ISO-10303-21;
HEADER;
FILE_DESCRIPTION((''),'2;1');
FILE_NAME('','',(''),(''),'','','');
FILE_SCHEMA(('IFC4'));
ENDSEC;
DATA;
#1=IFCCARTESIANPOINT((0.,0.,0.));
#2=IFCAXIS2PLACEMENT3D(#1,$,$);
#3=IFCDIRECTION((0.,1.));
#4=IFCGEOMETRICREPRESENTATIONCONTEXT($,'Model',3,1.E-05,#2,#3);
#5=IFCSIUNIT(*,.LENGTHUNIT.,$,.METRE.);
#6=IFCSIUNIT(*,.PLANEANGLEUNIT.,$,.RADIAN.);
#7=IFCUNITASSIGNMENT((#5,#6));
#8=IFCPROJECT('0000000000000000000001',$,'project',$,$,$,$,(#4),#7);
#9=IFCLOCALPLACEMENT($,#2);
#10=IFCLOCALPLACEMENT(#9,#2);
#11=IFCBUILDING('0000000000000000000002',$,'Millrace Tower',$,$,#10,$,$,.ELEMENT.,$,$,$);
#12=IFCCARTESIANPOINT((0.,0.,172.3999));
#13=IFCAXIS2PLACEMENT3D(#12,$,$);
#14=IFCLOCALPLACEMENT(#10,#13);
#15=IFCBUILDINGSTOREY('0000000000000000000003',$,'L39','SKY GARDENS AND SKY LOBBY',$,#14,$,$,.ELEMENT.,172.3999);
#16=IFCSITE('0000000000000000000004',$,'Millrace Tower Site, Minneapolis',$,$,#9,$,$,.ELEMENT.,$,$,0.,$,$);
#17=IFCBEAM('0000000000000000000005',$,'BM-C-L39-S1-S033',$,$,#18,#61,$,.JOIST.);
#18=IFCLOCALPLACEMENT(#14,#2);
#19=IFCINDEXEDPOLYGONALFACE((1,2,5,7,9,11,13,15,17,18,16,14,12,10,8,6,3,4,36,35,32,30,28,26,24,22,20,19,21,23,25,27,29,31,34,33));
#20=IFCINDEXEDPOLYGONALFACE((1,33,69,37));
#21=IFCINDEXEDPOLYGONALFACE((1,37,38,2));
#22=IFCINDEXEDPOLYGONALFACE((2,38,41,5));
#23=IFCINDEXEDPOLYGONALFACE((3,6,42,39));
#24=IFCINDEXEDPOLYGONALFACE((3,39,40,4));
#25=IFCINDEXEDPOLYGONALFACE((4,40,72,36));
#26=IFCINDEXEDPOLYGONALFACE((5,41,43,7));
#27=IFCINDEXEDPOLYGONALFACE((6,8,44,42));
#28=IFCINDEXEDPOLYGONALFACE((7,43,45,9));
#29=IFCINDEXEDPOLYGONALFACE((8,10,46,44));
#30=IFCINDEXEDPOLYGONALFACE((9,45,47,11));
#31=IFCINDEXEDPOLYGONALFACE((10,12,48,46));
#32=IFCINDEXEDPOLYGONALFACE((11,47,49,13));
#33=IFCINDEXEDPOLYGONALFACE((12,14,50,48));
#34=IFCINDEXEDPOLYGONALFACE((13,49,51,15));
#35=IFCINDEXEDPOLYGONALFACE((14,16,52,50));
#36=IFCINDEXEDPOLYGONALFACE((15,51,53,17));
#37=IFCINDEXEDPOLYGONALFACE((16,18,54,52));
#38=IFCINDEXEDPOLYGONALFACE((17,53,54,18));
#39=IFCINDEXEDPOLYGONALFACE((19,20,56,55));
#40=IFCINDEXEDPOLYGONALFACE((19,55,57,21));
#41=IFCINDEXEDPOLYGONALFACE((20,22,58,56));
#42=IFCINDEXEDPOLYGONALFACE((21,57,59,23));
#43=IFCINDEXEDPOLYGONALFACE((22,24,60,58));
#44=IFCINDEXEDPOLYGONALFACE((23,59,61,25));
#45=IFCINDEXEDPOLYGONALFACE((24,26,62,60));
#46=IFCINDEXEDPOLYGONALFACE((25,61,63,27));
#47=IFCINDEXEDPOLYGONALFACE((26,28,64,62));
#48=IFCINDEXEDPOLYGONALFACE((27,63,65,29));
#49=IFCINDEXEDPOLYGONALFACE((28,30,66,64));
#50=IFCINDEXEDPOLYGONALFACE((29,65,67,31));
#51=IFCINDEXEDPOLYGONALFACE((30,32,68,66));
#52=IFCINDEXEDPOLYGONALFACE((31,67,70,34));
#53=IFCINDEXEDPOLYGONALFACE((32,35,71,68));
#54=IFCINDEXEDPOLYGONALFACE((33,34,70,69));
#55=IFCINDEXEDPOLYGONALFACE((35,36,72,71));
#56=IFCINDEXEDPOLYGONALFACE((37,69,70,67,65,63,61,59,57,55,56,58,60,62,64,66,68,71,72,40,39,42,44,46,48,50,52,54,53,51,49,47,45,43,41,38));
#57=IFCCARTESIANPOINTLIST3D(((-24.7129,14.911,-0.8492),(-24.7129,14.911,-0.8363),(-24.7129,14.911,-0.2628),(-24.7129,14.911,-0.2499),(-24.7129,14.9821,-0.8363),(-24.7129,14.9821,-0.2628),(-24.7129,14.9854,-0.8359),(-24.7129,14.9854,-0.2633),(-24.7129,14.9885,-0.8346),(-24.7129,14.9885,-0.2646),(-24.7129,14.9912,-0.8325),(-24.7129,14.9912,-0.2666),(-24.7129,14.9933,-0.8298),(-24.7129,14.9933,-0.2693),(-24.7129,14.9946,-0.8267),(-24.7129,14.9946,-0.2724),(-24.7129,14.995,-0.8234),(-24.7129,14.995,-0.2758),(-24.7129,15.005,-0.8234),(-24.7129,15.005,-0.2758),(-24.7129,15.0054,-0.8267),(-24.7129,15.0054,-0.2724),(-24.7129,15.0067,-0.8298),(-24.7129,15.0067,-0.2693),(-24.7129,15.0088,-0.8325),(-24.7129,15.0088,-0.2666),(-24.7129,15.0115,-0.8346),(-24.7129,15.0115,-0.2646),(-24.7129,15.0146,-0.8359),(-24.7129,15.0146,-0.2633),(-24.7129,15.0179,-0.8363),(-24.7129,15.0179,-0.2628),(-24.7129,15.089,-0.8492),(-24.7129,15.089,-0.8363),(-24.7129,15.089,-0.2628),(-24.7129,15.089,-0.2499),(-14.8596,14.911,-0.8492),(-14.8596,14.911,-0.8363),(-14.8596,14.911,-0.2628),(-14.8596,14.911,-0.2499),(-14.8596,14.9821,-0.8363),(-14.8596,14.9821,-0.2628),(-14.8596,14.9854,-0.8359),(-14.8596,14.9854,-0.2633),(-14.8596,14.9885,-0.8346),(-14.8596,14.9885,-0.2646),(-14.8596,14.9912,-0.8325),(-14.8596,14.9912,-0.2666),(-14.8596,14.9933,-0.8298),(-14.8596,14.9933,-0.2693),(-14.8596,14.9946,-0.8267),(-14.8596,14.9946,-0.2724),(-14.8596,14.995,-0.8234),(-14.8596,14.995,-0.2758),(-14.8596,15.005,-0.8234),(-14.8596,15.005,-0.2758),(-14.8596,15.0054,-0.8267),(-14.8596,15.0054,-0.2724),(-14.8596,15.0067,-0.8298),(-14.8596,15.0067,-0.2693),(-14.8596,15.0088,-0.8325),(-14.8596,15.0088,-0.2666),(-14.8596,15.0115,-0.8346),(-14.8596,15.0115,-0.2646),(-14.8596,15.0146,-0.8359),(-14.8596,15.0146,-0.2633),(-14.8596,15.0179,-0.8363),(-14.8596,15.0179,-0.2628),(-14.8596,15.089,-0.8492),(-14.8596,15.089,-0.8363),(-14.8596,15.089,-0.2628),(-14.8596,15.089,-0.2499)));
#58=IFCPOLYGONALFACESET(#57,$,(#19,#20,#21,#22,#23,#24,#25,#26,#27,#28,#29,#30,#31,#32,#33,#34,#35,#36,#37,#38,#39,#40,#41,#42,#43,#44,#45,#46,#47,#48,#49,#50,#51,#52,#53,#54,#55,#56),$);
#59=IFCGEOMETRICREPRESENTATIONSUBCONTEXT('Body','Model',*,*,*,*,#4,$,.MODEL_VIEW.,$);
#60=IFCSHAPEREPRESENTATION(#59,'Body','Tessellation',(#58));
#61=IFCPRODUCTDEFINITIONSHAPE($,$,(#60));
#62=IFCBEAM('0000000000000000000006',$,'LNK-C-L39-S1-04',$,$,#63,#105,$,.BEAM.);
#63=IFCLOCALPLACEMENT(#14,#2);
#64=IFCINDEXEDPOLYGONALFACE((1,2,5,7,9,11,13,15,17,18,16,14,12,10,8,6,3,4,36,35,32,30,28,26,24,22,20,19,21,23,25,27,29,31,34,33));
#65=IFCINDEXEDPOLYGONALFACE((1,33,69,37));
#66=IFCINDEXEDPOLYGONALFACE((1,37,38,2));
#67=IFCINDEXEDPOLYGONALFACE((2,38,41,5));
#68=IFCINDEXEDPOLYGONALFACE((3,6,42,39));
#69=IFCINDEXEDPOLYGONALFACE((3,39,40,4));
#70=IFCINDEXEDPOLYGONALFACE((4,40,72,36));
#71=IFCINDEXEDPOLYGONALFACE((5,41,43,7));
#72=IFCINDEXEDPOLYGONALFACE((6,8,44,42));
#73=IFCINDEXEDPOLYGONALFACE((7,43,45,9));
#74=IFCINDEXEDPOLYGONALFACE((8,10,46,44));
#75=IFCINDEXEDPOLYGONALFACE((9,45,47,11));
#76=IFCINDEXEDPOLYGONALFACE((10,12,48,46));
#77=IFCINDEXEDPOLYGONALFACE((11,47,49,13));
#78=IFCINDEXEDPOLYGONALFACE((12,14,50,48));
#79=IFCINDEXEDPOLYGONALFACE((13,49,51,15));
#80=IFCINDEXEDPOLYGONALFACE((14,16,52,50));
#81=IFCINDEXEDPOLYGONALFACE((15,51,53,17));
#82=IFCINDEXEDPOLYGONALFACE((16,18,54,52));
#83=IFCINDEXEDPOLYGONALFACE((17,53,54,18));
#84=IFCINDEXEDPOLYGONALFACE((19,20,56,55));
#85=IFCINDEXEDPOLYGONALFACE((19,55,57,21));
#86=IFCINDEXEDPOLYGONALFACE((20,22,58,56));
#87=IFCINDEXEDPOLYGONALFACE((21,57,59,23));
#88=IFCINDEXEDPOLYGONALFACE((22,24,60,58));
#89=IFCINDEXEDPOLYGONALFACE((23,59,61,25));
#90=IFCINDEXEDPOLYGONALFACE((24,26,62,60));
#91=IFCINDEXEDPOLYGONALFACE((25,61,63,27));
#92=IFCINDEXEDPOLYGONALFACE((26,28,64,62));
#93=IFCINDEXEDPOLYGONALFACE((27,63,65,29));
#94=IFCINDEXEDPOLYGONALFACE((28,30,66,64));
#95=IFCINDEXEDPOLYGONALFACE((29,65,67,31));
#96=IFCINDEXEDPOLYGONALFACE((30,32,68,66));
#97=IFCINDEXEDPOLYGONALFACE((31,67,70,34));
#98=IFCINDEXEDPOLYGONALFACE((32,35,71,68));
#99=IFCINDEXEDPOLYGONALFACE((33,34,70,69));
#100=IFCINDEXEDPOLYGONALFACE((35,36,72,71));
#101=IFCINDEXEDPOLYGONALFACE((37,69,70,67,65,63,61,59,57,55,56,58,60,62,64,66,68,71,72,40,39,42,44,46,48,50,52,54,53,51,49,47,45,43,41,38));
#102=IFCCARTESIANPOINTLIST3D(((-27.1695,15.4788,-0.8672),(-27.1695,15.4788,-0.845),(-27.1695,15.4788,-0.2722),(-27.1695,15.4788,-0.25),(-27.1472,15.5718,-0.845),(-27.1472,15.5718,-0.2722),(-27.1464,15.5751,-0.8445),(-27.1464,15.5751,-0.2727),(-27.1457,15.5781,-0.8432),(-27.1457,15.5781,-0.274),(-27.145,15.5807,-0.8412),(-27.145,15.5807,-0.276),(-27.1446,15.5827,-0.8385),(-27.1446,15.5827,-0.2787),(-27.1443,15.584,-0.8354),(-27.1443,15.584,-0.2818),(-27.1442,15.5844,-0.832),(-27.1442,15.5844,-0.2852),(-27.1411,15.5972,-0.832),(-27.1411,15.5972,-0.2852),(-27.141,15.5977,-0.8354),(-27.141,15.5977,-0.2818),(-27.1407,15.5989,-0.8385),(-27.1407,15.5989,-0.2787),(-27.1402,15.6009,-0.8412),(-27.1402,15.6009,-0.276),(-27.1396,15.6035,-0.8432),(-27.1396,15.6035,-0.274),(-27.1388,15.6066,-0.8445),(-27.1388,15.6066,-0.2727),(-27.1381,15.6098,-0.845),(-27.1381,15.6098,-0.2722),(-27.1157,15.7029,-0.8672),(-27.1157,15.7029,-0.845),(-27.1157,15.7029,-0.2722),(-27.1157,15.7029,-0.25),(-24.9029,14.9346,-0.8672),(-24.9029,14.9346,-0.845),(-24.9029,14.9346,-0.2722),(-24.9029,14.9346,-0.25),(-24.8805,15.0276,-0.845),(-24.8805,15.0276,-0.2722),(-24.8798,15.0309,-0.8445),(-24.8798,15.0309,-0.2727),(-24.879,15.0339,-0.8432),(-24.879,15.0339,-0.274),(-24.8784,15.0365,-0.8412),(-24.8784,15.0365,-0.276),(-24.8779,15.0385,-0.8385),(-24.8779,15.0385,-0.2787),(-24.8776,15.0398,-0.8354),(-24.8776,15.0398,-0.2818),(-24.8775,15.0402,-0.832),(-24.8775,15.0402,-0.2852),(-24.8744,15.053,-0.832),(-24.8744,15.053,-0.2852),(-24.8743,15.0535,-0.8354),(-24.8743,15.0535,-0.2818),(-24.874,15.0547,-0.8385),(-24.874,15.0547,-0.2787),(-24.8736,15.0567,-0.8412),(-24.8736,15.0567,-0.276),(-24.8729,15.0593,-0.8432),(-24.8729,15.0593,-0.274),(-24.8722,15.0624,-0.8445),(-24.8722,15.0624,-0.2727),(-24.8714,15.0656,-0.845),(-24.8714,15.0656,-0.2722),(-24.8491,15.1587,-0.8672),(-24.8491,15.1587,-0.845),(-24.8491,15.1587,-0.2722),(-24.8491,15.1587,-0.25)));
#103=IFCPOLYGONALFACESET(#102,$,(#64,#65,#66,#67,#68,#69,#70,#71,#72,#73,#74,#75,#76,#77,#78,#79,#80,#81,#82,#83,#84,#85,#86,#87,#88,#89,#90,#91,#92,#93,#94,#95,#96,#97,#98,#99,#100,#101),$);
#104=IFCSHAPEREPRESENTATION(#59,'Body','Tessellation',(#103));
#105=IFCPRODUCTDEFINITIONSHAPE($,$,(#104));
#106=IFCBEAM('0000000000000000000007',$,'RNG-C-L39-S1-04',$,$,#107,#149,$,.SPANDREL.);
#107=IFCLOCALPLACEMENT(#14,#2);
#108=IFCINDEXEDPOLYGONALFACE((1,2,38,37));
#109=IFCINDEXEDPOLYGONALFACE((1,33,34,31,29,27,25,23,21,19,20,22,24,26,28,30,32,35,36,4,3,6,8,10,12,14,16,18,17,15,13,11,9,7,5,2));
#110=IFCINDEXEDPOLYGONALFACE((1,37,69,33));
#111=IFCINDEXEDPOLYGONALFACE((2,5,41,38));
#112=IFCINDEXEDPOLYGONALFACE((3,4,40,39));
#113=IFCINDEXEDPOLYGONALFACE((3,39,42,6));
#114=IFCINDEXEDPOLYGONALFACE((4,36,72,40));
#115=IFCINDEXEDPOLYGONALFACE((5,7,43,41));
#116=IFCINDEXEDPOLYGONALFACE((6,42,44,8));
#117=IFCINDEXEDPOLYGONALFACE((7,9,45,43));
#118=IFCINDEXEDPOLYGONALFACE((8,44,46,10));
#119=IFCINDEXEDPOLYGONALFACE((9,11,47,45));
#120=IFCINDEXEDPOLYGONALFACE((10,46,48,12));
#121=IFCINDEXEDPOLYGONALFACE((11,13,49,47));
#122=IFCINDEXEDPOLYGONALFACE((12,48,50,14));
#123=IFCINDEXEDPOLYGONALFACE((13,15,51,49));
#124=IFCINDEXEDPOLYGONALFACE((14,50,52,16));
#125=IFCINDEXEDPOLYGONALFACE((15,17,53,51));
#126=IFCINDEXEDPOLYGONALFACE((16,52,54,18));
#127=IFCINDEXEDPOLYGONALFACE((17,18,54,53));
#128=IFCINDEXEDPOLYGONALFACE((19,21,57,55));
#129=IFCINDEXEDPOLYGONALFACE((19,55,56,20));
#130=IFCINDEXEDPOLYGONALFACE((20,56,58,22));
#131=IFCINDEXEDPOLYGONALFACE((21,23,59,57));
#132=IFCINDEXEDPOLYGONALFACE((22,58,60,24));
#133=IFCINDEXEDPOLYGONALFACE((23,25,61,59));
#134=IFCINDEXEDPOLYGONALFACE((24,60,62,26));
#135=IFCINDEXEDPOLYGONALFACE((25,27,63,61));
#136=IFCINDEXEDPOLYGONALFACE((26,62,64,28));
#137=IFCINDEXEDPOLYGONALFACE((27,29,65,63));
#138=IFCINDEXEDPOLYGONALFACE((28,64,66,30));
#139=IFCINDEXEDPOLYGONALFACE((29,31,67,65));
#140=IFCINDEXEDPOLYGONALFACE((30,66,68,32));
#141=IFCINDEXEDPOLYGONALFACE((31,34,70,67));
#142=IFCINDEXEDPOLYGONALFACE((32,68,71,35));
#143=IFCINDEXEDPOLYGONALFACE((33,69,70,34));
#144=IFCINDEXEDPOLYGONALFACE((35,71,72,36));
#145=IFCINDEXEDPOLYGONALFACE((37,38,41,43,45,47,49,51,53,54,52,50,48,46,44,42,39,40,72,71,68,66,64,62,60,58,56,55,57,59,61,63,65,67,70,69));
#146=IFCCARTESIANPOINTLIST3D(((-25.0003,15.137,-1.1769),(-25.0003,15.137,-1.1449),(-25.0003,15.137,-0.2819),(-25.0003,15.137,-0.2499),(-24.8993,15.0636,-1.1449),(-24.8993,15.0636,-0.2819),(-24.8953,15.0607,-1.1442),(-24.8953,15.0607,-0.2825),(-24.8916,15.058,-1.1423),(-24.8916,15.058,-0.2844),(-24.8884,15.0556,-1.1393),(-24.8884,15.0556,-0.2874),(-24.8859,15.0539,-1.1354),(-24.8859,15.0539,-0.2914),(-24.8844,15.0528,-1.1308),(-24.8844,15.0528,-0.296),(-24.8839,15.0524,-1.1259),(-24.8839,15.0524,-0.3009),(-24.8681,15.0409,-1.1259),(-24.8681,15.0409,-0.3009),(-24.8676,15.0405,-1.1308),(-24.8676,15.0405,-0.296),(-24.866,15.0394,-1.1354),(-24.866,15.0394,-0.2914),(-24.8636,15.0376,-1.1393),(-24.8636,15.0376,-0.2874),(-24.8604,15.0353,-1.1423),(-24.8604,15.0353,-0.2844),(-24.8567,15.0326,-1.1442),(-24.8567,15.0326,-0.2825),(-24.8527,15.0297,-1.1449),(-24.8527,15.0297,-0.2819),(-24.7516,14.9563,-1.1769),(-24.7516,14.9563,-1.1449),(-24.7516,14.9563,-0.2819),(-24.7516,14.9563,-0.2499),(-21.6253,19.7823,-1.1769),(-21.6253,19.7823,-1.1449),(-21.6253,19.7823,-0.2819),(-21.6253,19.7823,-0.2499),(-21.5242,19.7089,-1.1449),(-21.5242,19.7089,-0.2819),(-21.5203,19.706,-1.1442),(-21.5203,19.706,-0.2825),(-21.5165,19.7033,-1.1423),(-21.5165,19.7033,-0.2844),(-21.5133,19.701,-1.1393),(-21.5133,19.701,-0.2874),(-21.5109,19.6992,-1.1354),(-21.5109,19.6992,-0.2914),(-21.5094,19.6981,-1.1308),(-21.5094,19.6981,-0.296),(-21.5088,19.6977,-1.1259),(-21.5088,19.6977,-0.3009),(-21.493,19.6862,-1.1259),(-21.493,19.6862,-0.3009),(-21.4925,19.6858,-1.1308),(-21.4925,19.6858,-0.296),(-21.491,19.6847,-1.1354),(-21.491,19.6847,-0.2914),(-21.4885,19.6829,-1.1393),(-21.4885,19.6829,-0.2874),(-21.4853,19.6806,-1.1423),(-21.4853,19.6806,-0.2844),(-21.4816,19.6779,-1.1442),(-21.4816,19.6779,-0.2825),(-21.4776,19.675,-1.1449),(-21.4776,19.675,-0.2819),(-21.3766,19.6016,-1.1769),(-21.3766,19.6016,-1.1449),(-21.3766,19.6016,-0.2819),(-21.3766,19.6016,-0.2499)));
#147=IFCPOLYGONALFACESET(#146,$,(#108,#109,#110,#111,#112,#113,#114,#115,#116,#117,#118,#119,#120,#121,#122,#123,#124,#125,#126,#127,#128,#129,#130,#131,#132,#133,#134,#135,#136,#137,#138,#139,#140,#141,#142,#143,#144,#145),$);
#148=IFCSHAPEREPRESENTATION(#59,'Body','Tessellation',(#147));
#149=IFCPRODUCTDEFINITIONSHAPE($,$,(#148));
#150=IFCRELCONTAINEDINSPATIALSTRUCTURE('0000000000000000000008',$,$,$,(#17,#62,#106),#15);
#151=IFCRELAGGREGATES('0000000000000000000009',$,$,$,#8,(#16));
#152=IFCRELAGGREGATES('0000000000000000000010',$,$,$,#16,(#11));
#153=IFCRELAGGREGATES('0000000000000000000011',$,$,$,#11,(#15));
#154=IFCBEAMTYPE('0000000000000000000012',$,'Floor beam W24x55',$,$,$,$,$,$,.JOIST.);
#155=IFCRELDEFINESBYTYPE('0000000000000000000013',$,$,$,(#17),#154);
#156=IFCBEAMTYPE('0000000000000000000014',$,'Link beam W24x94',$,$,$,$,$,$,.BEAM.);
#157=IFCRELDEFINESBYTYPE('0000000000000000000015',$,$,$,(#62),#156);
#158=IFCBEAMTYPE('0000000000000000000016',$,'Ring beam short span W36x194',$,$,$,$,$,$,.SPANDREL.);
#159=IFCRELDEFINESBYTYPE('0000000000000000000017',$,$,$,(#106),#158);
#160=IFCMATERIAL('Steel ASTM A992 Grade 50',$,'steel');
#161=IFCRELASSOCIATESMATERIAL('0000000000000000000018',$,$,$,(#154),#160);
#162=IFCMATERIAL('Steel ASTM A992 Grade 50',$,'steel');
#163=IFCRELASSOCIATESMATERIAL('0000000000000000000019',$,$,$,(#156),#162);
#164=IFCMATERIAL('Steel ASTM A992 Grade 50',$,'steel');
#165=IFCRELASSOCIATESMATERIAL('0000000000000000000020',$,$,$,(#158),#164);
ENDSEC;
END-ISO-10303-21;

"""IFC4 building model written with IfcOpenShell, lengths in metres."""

from ifc_helpers import new_model, si_unit, direction, frame, origin, origin_2d, place, context, subcontext, project, spatial, i_section, extrude, material, material_profile, profile_set, type_object, element, save


model = new_model("IFC4")

# Units and contexts
model_context = context("Model", 3, precision=1e-05, world=origin(), true_north=direction((0.0, 1.0)))
body_context = subcontext(model_context, "Body", "Model", "MODEL_VIEW")
ifc_project = project(units=[si_unit("LENGTHUNIT", "METRE"), si_unit("PLANEANGLEUNIT", "RADIAN")], contexts=[model_context])

# Site, building, storey
site_placement = place(None, origin())
site = spatial("IfcSite", under=ifc_project, at=site_placement, Name="Millrace Tower Site, Minneapolis", CompositionType="ELEMENT", RefElevation=0.0)
building_placement = place(site_placement, origin())
building = spatial("IfcBuilding", under=site, at=building_placement, Name="Millrace Tower", CompositionType="ELEMENT")
storey_placement = place(building_placement, frame((0.0, 0.0, 172.3999)))
storey = spatial("IfcBuildingStorey", under=building, at=storey_placement, Name="L39", Description="SKY GARDENS AND SKY LOBBY", CompositionType="ELEMENT", Elevation=172.3999)

# Beams
ifc_material_1 = material(Name="Steel ASTM A992 Grade 50", Category="steel")
ifc_material_profile_1 = material_profile(ifc_material_1, i_section(OverallWidth=0.178, OverallDepth=0.5994, WebThickness=0.01, FlangeThickness=0.0129, FilletRadius=0.0129, at=origin_2d()))
ifc_profile_set_1 = profile_set([ifc_material_profile_1], Name="Steel ASTM A992 Grade 50")
beam_type_1 = type_object("IfcBeamType", Name="Floor beam W24x55", PredefinedType="JOIST", material=ifc_profile_set_1)
beam_1_placement = place(storey_placement, frame((-24.7129, 15.0, -0.5496), z_axis=(1.0, 0.0, 0.0), x_axis=(0.0, 1.0, 0.0)))
element("IfcBeam", 1, at=beam_1_placement, inside=storey, type_object=beam_type_1, Name="BM-C-L39-S1-S033", PredefinedType="JOIST", context=body_context, shape_type="SweptSolid", body=[
    extrude(i_section(OverallWidth=0.178, OverallDepth=0.5994, WebThickness=0.01, FlangeThickness=0.0129, FilletRadius=0.0129, at=origin_2d()), origin(), (0.0, 0.0, 1.0), 9.8533),
])
ifc_material_2 = material(Name="Steel ASTM A992 Grade 50", Category="steel")
ifc_material_profile_2 = material_profile(ifc_material_2, i_section(OverallWidth=0.2305, OverallDepth=0.6172, WebThickness=0.0132, FlangeThickness=0.0222, FilletRadius=0.0129, at=origin_2d()))
ifc_profile_set_2 = profile_set([ifc_material_profile_2], Name="Steel ASTM A992 Grade 50")
beam_type_2 = type_object("IfcBeamType", Name="Link beam W24x94", PredefinedType="BEAM", material=ifc_profile_set_2)
beam_2_placement = place(storey_placement, frame((-24.876, 15.0466, -0.5586), z_axis=(-0.972367, 0.233456, 0.0), x_axis=(-0.233456, -0.972367, 0.0)))
element("IfcBeam", 2, at=beam_2_placement, inside=storey, type_object=beam_type_2, Name="LNK-C-L39-S1-04", PredefinedType="BEAM", context=body_context, shape_type="SweptSolid", body=[
    extrude(i_section(OverallWidth=0.2305, OverallDepth=0.6172, WebThickness=0.0132, FlangeThickness=0.0222, FilletRadius=0.0129, at=origin_2d()), origin(), (0.0, 0.0, 1.0), 2.3311),
])
ifc_material_3 = material(Name="Steel ASTM A992 Grade 50", Category="steel")
ifc_material_profile_3 = material_profile(ifc_material_3, i_section(OverallWidth=0.3074, OverallDepth=0.927, WebThickness=0.0195, FlangeThickness=0.032, FilletRadius=0.019, at=origin_2d()))
ifc_profile_set_3 = profile_set([ifc_material_profile_3], Name="Steel ASTM A992 Grade 50")
beam_type_3 = type_object("IfcBeamType", Name="Ring beam short span W36x194", PredefinedType="SPANDREL", material=ifc_profile_set_3)
beam_3_placement = place(storey_placement, frame((-24.876, 15.0466, -0.7134), z_axis=(0.587787, 0.809015, 0.0), x_axis=(-0.809015, 0.587787, 0.0)))
element("IfcBeam", 3, at=beam_3_placement, inside=storey, type_object=beam_type_3, Name="RNG-C-L39-S1-04", PredefinedType="SPANDREL", context=body_context, shape_type="SweptSolid", body=[
    extrude(i_section(OverallWidth=0.3074, OverallDepth=0.927, WebThickness=0.0195, FlangeThickness=0.032, FilletRadius=0.019, at=origin_2d()), origin(), (0.0, 0.0, 1.0), 5.7419),
])

save(model, "model.ifc")
